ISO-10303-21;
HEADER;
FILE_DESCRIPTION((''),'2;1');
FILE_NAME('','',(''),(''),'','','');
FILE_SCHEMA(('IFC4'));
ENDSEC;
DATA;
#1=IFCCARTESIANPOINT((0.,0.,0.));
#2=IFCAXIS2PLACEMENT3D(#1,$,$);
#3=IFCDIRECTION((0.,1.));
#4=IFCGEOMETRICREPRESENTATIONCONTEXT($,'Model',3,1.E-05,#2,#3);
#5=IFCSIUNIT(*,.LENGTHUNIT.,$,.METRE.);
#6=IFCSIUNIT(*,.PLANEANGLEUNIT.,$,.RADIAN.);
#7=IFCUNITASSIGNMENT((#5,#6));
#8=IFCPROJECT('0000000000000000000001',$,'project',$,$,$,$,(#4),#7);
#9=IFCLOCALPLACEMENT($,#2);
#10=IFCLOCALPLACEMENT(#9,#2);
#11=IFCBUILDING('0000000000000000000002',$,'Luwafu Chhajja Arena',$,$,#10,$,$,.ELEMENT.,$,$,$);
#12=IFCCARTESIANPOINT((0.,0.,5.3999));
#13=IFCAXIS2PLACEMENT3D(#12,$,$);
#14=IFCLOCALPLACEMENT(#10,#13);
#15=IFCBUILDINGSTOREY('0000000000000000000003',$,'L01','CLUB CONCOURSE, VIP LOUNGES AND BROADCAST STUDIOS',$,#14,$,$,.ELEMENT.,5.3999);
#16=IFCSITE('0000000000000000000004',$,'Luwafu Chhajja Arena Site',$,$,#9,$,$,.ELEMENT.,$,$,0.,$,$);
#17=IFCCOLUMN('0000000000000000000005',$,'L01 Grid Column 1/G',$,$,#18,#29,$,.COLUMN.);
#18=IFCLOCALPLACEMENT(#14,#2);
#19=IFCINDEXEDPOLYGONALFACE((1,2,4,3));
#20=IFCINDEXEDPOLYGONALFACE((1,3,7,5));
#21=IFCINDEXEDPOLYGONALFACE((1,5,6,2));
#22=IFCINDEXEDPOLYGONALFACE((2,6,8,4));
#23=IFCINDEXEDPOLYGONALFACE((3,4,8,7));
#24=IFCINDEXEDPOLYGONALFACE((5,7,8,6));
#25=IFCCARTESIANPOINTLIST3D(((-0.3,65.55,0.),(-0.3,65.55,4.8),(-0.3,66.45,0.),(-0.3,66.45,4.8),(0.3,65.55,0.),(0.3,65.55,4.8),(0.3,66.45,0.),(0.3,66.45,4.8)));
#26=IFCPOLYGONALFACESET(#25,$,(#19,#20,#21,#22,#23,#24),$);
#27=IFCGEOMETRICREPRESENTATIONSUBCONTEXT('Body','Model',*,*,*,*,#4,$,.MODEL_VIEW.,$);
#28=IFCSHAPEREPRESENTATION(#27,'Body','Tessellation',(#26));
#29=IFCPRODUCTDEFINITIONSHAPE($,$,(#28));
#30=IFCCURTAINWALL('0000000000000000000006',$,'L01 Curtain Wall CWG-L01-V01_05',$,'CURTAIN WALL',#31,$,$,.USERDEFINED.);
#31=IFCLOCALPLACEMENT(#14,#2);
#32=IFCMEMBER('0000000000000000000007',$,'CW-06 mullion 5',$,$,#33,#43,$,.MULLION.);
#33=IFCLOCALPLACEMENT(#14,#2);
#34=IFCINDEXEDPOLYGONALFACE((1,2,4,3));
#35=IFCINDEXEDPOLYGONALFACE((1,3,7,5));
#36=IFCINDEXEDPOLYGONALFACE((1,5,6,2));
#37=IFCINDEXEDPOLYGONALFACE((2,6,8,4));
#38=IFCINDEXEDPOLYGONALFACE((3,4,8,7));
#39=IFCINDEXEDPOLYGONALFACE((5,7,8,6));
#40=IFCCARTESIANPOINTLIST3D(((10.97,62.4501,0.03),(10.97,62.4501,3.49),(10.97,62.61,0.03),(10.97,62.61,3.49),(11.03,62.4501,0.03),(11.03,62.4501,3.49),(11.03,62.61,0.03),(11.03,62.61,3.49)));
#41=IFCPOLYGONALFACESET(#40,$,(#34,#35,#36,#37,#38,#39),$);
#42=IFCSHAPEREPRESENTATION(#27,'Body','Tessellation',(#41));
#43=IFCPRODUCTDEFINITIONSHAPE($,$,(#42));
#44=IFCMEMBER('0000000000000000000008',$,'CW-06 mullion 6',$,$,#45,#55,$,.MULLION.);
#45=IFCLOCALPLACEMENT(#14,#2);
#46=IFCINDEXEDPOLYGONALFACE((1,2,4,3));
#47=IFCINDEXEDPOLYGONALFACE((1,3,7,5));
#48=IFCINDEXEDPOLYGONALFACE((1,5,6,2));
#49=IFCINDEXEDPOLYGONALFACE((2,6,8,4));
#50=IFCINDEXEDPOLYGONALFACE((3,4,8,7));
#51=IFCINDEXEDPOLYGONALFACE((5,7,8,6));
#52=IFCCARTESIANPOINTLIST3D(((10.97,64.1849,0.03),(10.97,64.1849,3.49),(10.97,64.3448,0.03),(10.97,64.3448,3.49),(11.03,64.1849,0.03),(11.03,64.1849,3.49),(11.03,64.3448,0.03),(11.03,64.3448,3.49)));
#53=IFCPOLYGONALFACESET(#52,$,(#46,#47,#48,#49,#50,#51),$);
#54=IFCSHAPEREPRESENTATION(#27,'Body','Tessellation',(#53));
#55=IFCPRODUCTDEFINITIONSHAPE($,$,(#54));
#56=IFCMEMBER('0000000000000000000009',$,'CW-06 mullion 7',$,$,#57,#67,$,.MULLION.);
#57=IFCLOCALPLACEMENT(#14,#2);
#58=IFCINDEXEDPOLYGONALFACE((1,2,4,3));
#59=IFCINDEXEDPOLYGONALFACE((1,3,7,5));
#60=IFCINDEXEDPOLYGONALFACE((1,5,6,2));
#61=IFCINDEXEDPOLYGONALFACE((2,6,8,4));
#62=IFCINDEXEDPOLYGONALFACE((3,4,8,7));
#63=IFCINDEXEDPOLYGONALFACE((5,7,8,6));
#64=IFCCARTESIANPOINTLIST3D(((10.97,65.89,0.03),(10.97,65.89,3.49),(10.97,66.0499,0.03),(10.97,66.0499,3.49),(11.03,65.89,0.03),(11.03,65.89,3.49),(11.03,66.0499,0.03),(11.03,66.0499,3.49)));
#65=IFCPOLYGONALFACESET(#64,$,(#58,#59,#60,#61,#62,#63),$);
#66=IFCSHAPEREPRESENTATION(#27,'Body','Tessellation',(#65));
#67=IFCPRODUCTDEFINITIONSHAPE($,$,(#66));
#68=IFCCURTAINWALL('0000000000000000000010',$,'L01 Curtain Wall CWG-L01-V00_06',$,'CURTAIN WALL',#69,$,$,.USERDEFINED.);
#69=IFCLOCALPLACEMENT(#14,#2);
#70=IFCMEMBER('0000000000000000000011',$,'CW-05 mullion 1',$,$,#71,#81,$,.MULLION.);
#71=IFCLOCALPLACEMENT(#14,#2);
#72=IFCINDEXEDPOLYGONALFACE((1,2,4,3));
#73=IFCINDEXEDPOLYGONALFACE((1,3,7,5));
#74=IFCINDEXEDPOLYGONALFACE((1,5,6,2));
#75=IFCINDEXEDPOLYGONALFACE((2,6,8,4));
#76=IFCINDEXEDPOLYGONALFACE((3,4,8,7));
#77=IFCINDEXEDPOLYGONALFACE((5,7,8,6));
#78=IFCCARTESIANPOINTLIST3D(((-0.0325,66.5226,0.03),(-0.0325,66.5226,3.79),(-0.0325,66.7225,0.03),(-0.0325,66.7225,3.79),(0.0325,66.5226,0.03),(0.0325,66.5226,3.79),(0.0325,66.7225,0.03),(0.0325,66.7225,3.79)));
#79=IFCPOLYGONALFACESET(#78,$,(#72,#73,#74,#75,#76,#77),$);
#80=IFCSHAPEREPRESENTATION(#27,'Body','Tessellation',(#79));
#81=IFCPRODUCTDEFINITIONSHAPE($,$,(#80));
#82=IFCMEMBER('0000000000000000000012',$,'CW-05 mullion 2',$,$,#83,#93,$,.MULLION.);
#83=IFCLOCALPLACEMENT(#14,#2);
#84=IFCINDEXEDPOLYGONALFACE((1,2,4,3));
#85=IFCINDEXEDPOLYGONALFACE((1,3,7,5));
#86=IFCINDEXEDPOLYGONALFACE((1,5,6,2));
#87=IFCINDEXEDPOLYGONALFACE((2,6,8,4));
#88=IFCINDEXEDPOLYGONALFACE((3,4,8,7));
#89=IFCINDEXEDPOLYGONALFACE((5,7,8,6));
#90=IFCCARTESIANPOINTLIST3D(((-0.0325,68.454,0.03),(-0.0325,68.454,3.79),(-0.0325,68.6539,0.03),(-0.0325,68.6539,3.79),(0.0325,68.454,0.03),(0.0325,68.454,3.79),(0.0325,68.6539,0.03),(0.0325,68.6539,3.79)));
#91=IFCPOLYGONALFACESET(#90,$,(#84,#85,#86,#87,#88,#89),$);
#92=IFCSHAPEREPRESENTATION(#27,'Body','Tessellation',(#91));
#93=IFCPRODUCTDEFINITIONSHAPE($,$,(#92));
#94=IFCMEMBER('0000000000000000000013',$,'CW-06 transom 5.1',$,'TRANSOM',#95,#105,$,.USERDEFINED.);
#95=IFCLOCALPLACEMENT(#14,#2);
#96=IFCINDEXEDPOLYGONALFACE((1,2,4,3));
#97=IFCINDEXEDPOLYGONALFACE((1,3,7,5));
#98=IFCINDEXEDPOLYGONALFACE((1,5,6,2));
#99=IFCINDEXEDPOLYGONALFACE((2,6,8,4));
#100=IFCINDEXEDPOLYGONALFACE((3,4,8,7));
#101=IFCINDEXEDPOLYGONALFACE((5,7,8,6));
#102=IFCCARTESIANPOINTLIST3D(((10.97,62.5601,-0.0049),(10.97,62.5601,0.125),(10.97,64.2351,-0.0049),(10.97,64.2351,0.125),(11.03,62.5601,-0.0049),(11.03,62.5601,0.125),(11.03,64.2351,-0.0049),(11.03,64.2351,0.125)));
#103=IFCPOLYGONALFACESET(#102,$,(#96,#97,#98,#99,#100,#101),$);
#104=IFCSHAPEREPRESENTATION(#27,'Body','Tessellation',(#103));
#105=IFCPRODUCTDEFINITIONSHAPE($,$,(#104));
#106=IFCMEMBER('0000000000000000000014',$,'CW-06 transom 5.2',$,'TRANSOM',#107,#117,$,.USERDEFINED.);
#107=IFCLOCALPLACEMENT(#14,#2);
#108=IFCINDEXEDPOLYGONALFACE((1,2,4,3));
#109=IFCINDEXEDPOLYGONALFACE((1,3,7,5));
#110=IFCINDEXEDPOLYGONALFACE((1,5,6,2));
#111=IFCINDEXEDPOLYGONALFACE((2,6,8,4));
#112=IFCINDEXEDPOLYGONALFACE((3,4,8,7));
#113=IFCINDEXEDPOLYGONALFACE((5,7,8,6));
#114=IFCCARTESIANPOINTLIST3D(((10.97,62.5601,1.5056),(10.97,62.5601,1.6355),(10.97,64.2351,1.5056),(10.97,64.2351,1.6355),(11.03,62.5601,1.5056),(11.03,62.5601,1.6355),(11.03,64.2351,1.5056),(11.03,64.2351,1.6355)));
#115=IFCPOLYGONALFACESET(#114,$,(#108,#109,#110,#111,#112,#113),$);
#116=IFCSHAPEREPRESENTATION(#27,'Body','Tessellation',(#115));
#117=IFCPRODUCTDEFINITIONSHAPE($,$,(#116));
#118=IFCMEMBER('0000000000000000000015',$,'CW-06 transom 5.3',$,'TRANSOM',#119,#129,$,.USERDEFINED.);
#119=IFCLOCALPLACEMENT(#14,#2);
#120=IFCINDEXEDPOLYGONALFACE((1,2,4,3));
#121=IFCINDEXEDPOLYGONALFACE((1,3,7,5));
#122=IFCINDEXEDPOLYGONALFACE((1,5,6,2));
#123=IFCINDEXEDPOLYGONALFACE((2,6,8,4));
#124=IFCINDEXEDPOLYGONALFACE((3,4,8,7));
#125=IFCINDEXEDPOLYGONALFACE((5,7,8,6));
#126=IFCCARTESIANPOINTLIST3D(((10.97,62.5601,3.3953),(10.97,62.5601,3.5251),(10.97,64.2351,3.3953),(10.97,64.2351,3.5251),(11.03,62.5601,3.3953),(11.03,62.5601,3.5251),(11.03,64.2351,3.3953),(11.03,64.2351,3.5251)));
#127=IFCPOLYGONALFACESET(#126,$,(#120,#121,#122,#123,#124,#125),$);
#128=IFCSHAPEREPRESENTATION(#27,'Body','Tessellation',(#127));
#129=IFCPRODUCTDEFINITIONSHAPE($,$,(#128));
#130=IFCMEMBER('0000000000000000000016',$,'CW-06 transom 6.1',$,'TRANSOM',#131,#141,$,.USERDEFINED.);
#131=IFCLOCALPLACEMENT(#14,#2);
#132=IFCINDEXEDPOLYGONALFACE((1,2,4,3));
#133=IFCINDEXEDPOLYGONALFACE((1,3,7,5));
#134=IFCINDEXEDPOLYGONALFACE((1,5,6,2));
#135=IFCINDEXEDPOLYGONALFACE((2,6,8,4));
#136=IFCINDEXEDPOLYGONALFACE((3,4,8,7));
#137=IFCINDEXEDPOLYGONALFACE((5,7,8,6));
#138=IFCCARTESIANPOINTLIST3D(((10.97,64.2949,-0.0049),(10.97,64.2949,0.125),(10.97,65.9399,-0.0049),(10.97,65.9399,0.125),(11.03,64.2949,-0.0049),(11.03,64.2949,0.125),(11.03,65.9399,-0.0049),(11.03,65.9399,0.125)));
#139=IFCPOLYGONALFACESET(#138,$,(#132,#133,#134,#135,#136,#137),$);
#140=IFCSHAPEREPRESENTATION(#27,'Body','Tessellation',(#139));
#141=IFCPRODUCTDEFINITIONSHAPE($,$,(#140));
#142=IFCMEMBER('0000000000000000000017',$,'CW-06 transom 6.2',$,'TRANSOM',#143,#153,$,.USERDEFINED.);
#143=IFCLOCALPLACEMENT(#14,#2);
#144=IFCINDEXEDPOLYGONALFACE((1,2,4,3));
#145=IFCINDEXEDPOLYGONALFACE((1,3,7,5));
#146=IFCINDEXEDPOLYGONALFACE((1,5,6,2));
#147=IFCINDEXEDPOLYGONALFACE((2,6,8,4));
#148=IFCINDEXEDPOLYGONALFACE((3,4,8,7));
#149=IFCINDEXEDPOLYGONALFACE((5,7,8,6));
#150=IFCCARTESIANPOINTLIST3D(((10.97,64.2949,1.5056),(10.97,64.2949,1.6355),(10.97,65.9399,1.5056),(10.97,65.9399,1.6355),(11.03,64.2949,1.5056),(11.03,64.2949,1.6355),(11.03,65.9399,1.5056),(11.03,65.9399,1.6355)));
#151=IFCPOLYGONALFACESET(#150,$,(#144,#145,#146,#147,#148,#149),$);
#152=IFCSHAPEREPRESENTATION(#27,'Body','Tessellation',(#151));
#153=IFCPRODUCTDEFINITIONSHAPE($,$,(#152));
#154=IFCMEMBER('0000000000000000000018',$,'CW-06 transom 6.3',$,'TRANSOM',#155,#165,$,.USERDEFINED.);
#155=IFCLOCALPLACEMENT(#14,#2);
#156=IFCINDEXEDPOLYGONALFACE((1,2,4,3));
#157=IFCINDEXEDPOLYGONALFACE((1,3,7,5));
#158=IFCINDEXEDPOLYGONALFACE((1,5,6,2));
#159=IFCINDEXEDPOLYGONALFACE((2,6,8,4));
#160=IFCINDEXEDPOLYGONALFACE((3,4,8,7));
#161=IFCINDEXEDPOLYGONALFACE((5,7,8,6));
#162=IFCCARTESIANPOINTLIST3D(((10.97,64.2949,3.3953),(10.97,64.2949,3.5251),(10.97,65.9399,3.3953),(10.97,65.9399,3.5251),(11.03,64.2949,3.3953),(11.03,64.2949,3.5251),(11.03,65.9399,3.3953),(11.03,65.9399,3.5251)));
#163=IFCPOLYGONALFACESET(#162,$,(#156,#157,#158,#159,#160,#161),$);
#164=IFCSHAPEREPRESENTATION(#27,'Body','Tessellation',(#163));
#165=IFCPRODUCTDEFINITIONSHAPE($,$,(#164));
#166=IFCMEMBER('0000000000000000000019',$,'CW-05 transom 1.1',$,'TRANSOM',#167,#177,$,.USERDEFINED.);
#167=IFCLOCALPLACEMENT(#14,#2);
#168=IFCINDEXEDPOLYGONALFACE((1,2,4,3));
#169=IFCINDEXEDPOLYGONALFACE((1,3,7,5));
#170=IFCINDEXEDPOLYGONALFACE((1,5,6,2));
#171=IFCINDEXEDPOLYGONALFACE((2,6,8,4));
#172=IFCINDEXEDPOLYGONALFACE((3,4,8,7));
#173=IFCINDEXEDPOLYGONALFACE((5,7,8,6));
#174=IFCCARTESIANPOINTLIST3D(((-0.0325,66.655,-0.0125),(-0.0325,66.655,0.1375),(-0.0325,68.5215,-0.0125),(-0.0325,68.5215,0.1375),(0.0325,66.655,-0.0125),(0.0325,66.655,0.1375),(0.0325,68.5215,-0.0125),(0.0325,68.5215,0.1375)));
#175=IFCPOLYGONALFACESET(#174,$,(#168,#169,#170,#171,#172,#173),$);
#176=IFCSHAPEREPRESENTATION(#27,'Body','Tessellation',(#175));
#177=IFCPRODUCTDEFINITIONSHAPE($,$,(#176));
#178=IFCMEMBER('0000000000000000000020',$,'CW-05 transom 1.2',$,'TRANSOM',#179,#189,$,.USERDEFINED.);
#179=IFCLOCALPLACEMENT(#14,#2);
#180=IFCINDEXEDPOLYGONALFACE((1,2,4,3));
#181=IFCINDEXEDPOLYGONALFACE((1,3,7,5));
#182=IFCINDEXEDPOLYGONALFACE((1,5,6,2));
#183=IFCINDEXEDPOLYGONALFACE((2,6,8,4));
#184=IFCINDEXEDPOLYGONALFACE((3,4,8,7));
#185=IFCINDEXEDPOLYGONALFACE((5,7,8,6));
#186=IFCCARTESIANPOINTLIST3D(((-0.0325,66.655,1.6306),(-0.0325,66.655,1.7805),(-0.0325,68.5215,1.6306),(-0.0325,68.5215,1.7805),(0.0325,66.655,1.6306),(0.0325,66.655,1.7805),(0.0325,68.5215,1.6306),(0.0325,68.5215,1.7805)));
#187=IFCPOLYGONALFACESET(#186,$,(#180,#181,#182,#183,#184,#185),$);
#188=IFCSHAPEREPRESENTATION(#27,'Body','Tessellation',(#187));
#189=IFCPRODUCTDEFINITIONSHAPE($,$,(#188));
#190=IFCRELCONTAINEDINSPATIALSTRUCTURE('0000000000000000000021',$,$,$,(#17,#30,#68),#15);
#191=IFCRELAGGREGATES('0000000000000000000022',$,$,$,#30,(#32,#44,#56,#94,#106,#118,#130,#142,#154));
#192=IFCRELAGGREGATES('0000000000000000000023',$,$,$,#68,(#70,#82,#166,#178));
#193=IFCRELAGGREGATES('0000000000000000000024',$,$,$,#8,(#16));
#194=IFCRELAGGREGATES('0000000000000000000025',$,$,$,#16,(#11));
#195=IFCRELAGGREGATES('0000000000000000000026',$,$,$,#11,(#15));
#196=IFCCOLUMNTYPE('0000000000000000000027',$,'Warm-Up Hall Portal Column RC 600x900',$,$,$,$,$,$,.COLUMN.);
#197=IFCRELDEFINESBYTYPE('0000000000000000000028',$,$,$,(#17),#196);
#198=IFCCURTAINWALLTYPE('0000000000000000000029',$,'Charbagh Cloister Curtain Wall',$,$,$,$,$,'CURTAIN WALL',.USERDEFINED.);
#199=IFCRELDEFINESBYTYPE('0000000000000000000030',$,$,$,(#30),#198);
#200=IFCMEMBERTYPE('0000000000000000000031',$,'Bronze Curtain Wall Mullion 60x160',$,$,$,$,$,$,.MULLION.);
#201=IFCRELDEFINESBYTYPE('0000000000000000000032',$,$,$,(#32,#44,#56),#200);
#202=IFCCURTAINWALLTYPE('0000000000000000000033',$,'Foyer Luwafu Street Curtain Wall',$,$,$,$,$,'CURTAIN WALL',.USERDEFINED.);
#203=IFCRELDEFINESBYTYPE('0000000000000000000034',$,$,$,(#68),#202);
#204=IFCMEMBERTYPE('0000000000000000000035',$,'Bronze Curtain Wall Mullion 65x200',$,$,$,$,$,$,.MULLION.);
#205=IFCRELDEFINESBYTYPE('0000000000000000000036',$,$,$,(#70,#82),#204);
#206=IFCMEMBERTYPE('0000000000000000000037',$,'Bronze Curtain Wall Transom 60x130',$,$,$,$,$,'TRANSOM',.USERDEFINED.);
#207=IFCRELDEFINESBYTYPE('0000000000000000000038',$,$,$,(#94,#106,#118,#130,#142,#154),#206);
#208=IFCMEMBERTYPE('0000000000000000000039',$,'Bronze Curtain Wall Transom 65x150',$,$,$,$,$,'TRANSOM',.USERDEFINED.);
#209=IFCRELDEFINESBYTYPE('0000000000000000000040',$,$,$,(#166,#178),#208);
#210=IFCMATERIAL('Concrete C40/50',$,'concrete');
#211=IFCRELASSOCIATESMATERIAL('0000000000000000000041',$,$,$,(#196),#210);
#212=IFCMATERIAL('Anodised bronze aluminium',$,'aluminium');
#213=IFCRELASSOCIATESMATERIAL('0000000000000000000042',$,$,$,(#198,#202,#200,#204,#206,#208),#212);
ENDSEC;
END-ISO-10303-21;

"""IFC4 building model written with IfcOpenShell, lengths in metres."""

from ifc_helpers import new_model, si_unit, direction, frame, origin, origin_2d, place, context, subcontext, project, spatial, rectangle, extrude, material, material_profile, profile_set, type_object, element, aggregate, save


model = new_model("IFC4")

# Units and contexts
model_context = context("Model", 3, precision=1e-05, world=origin(), true_north=direction((0.0, 1.0)))
body_context = subcontext(model_context, "Body", "Model", "MODEL_VIEW")
ifc_project = project(units=[si_unit("LENGTHUNIT", "METRE"), si_unit("PLANEANGLEUNIT", "RADIAN")], contexts=[model_context])

# Site, building, storey
site_placement = place(None, origin())
site = spatial("IfcSite", under=ifc_project, at=site_placement, Name="Luwafu Chhajja Arena Site", CompositionType="ELEMENT", RefElevation=0.0)
building_placement = place(site_placement, origin())
building = spatial("IfcBuilding", under=site, at=building_placement, Name="Luwafu Chhajja Arena", CompositionType="ELEMENT")
storey_placement = place(building_placement, frame((0.0, 0.0, 5.3999)))
storey = spatial("IfcBuildingStorey", under=building, at=storey_placement, Name="L01", Description="CLUB CONCOURSE, VIP LOUNGES AND BROADCAST STUDIOS", CompositionType="ELEMENT", Elevation=5.3999)

# Column
ifc_material_1 = material(Name="Concrete C40/50", Category="concrete")
ifc_material_profile_1 = material_profile(ifc_material_1, rectangle(XDim=0.6001, YDim=0.8999, at=origin_2d()), Name="RC 600x900")
ifc_profile_set_1 = profile_set([ifc_material_profile_1], Name="Concrete C40/50")
column_type = type_object("IfcColumnType", Name="Warm-Up Hall Portal Column RC 600x900", PredefinedType="COLUMN", material=ifc_profile_set_1)
column_placement = place(storey_placement, frame((0.0, 66.0, 0.0), z_axis=(0.0, 0.0, 1.0), x_axis=(1.0, 0.0, 0.0)))
element("IfcColumn", 1, at=column_placement, inside=storey, type_object=column_type, Name="L01 Grid Column 1/G", PredefinedType="COLUMN", context=body_context, shape_type="SweptSolid", body=[
    extrude(rectangle(XDim=0.6001, YDim=0.8999, at=origin_2d()), origin(), (0.0, 0.0, 1.0), 4.8),
])

# Curtain walls, members
ifc_material_2 = material(Name="Anodised bronze aluminium", Category="aluminium")
curtain_wall_type_1 = type_object("IfcCurtainWallType", Name="Charbagh Cloister Curtain Wall", ElementType="CURTAIN WALL", PredefinedType="USERDEFINED", material=ifc_material_2)
curtain_wall_1_placement = place(storey_placement, origin())
curtain_wall_1 = element("IfcCurtainWall", 2, at=curtain_wall_1_placement, inside=storey, type_object=curtain_wall_type_1, Name="L01 Curtain Wall CWG-L01-V01_05", ObjectType="CURTAIN WALL", PredefinedType="USERDEFINED")
ifc_material_profile_2 = material_profile(ifc_material_2, rectangle(XDim=0.0601, YDim=0.1599, at=origin_2d()), Name="CWM 60x160")
ifc_profile_set_2 = profile_set([ifc_material_profile_2], Name="Anodised bronze aluminium")
member_type_1 = type_object("IfcMemberType", Name="Bronze Curtain Wall Mullion 60x160", PredefinedType="MULLION", material=ifc_profile_set_2)
member_1_placement = place(storey_placement, frame((11.0, 62.53, 0.03), z_axis=(0.0, 0.0, 1.0), x_axis=(-1.0, 0.0, 0.0)))
member_1 = element("IfcMember", 3, at=member_1_placement, type_object=member_type_1, Name="CW-06 mullion 5", PredefinedType="MULLION", context=body_context, shape_type="SweptSolid", body=[
    extrude(rectangle(XDim=0.0601, YDim=0.1599, at=origin_2d()), origin(), (0.0, 0.0, 1.0), 3.46),
])
member_2_placement = place(storey_placement, frame((11.0, 64.2649, 0.03), z_axis=(0.0, 0.0, 1.0), x_axis=(-1.0, 0.0, 0.0)))
member_2 = element("IfcMember", 4, at=member_2_placement, type_object=member_type_1, Name="CW-06 mullion 6", PredefinedType="MULLION", context=body_context, shape_type="SweptSolid", body=[
    extrude(rectangle(XDim=0.0601, YDim=0.1599, at=origin_2d()), origin(), (0.0, 0.0, 1.0), 3.46),
])
member_3_placement = place(storey_placement, frame((11.0, 65.97, 0.03), z_axis=(0.0, 0.0, 1.0), x_axis=(-1.0, 0.0, 0.0)))
member_3 = element("IfcMember", 5, at=member_3_placement, type_object=member_type_1, Name="CW-06 mullion 7", PredefinedType="MULLION", context=body_context, shape_type="SweptSolid", body=[
    extrude(rectangle(XDim=0.0601, YDim=0.1599, at=origin_2d()), origin(), (0.0, 0.0, 1.0), 3.46),
])
curtain_wall_type_2 = type_object("IfcCurtainWallType", Name="Foyer Luwafu Street Curtain Wall", ElementType="CURTAIN WALL", PredefinedType="USERDEFINED", material=ifc_material_2)
curtain_wall_2_placement = place(storey_placement, origin())
curtain_wall_2 = element("IfcCurtainWall", 6, at=curtain_wall_2_placement, inside=storey, type_object=curtain_wall_type_2, Name="L01 Curtain Wall CWG-L01-V00_06", ObjectType="CURTAIN WALL", PredefinedType="USERDEFINED")
ifc_material_profile_3 = material_profile(ifc_material_2, rectangle(XDim=0.0649, YDim=0.2, at=origin_2d()), Name="CWM 65x200")
ifc_profile_set_3 = profile_set([ifc_material_profile_3], Name="Anodised bronze aluminium")
member_type_2 = type_object("IfcMemberType", Name="Bronze Curtain Wall Mullion 65x200", PredefinedType="MULLION", material=ifc_profile_set_3)
member_4_placement = place(storey_placement, frame((0.0, 66.6226, 0.03), z_axis=(0.0, 0.0, 1.0), x_axis=(-1.0, 0.0, 0.0)))
member_4 = element("IfcMember", 7, at=member_4_placement, type_object=member_type_2, Name="CW-05 mullion 1", PredefinedType="MULLION", context=body_context, shape_type="SweptSolid", body=[
    extrude(rectangle(XDim=0.0649, YDim=0.2, at=origin_2d()), origin(), (0.0, 0.0, 1.0), 3.76),
])
member_5_placement = place(storey_placement, frame((0.0, 68.554, 0.03), z_axis=(0.0, 0.0, 1.0), x_axis=(-1.0, 0.0, 0.0)))
member_5 = element("IfcMember", 8, at=member_5_placement, type_object=member_type_2, Name="CW-05 mullion 2", PredefinedType="MULLION", context=body_context, shape_type="SweptSolid", body=[
    extrude(rectangle(XDim=0.0649, YDim=0.2, at=origin_2d()), origin(), (0.0, 0.0, 1.0), 3.76),
])

# Members
ifc_material_profile_4 = material_profile(ifc_material_2, rectangle(XDim=0.0601, YDim=0.1299, at=origin_2d()), Name="CWT 60x130")
ifc_profile_set_4 = profile_set([ifc_material_profile_4], Name="Anodised bronze aluminium")
member_type_3 = type_object("IfcMemberType", Name="Bronze Curtain Wall Transom 60x130", ElementType="TRANSOM", PredefinedType="USERDEFINED", material=ifc_profile_set_4)
member_6_placement = place(storey_placement, frame((11.0, 62.5601, 0.0601), z_axis=(0.0, 1.0, 0.0), x_axis=(-1.0, 0.0, 0.0)))
member_6 = element("IfcMember", 9, at=member_6_placement, type_object=member_type_3, Name="CW-06 transom 5.1", ObjectType="TRANSOM", PredefinedType="USERDEFINED", context=body_context, shape_type="SweptSolid", body=[
    extrude(rectangle(XDim=0.0601, YDim=0.1299, at=origin_2d()), origin(), (0.0, 0.0, 1.0), 1.675),
])
member_7_placement = place(storey_placement, frame((11.0, 62.5601, 1.5706), z_axis=(0.0, 1.0, 0.0), x_axis=(-1.0, 0.0, 0.0)))
member_7 = element("IfcMember", 10, at=member_7_placement, type_object=member_type_3, Name="CW-06 transom 5.2", ObjectType="TRANSOM", PredefinedType="USERDEFINED", context=body_context, shape_type="SweptSolid", body=[
    extrude(rectangle(XDim=0.0601, YDim=0.1299, at=origin_2d()), origin(), (0.0, 0.0, 1.0), 1.675),
])
member_8_placement = place(storey_placement, frame((11.0, 62.5601, 3.4602), z_axis=(0.0, 1.0, 0.0), x_axis=(-1.0, 0.0, 0.0)))
member_8 = element("IfcMember", 11, at=member_8_placement, type_object=member_type_3, Name="CW-06 transom 5.3", ObjectType="TRANSOM", PredefinedType="USERDEFINED", context=body_context, shape_type="SweptSolid", body=[
    extrude(rectangle(XDim=0.0601, YDim=0.1299, at=origin_2d()), origin(), (0.0, 0.0, 1.0), 1.675),
])
member_9_placement = place(storey_placement, frame((11.0, 64.2949, 0.0601), z_axis=(0.0, 1.0, 0.0), x_axis=(-1.0, 0.0, 0.0)))
member_9 = element("IfcMember", 12, at=member_9_placement, type_object=member_type_3, Name="CW-06 transom 6.1", ObjectType="TRANSOM", PredefinedType="USERDEFINED", context=body_context, shape_type="SweptSolid", body=[
    extrude(rectangle(XDim=0.0601, YDim=0.1299, at=origin_2d()), origin(), (0.0, 0.0, 1.0), 1.645),
])
member_10_placement = place(storey_placement, frame((11.0, 64.2949, 1.5706), z_axis=(0.0, 1.0, 0.0), x_axis=(-1.0, 0.0, 0.0)))
member_10 = element("IfcMember", 13, at=member_10_placement, type_object=member_type_3, Name="CW-06 transom 6.2", ObjectType="TRANSOM", PredefinedType="USERDEFINED", context=body_context, shape_type="SweptSolid", body=[
    extrude(rectangle(XDim=0.0601, YDim=0.1299, at=origin_2d()), origin(), (0.0, 0.0, 1.0), 1.645),
])
member_11_placement = place(storey_placement, frame((11.0, 64.2949, 3.4602), z_axis=(0.0, 1.0, 0.0), x_axis=(-1.0, 0.0, 0.0)))
member_11 = element("IfcMember", 14, at=member_11_placement, type_object=member_type_3, Name="CW-06 transom 6.3", ObjectType="TRANSOM", PredefinedType="USERDEFINED", context=body_context, shape_type="SweptSolid", body=[
    extrude(rectangle(XDim=0.0601, YDim=0.1299, at=origin_2d()), origin(), (0.0, 0.0, 1.0), 1.645),
])
ifc_material_profile_5 = material_profile(ifc_material_2, rectangle(XDim=0.0649, YDim=0.1499, at=origin_2d()), Name="CWT 65x150")
ifc_profile_set_5 = profile_set([ifc_material_profile_5], Name="Anodised bronze aluminium")
member_type_4 = type_object("IfcMemberType", Name="Bronze Curtain Wall Transom 65x150", ElementType="TRANSOM", PredefinedType="USERDEFINED", material=ifc_profile_set_5)
member_12_placement = place(storey_placement, frame((0.0, 66.655, 0.0625), z_axis=(0.0, 1.0, 0.0), x_axis=(-1.0, 0.0, 0.0)))
member_12 = element("IfcMember", 15, at=member_12_placement, type_object=member_type_4, Name="CW-05 transom 1.1", ObjectType="TRANSOM", PredefinedType="USERDEFINED", context=body_context, shape_type="SweptSolid", body=[
    extrude(rectangle(XDim=0.0649, YDim=0.1499, at=origin_2d()), origin(), (0.0, 0.0, 1.0), 1.8665),
])
member_13_placement = place(storey_placement, frame((0.0, 66.655, 1.7056), z_axis=(0.0, 1.0, 0.0), x_axis=(-1.0, 0.0, 0.0)))
member_13 = element("IfcMember", 16, at=member_13_placement, type_object=member_type_4, Name="CW-05 transom 1.2", ObjectType="TRANSOM", PredefinedType="USERDEFINED", context=body_context, shape_type="SweptSolid", body=[
    extrude(rectangle(XDim=0.0649, YDim=0.1499, at=origin_2d()), origin(), (0.0, 0.0, 1.0), 1.8665),
])

aggregate(curtain_wall_1, [member_1, member_2, member_3, member_6, member_7, member_8, member_9, member_10, member_11])
aggregate(curtain_wall_2, [member_4, member_5, member_12, member_13])

save(model, "model.ifc")
